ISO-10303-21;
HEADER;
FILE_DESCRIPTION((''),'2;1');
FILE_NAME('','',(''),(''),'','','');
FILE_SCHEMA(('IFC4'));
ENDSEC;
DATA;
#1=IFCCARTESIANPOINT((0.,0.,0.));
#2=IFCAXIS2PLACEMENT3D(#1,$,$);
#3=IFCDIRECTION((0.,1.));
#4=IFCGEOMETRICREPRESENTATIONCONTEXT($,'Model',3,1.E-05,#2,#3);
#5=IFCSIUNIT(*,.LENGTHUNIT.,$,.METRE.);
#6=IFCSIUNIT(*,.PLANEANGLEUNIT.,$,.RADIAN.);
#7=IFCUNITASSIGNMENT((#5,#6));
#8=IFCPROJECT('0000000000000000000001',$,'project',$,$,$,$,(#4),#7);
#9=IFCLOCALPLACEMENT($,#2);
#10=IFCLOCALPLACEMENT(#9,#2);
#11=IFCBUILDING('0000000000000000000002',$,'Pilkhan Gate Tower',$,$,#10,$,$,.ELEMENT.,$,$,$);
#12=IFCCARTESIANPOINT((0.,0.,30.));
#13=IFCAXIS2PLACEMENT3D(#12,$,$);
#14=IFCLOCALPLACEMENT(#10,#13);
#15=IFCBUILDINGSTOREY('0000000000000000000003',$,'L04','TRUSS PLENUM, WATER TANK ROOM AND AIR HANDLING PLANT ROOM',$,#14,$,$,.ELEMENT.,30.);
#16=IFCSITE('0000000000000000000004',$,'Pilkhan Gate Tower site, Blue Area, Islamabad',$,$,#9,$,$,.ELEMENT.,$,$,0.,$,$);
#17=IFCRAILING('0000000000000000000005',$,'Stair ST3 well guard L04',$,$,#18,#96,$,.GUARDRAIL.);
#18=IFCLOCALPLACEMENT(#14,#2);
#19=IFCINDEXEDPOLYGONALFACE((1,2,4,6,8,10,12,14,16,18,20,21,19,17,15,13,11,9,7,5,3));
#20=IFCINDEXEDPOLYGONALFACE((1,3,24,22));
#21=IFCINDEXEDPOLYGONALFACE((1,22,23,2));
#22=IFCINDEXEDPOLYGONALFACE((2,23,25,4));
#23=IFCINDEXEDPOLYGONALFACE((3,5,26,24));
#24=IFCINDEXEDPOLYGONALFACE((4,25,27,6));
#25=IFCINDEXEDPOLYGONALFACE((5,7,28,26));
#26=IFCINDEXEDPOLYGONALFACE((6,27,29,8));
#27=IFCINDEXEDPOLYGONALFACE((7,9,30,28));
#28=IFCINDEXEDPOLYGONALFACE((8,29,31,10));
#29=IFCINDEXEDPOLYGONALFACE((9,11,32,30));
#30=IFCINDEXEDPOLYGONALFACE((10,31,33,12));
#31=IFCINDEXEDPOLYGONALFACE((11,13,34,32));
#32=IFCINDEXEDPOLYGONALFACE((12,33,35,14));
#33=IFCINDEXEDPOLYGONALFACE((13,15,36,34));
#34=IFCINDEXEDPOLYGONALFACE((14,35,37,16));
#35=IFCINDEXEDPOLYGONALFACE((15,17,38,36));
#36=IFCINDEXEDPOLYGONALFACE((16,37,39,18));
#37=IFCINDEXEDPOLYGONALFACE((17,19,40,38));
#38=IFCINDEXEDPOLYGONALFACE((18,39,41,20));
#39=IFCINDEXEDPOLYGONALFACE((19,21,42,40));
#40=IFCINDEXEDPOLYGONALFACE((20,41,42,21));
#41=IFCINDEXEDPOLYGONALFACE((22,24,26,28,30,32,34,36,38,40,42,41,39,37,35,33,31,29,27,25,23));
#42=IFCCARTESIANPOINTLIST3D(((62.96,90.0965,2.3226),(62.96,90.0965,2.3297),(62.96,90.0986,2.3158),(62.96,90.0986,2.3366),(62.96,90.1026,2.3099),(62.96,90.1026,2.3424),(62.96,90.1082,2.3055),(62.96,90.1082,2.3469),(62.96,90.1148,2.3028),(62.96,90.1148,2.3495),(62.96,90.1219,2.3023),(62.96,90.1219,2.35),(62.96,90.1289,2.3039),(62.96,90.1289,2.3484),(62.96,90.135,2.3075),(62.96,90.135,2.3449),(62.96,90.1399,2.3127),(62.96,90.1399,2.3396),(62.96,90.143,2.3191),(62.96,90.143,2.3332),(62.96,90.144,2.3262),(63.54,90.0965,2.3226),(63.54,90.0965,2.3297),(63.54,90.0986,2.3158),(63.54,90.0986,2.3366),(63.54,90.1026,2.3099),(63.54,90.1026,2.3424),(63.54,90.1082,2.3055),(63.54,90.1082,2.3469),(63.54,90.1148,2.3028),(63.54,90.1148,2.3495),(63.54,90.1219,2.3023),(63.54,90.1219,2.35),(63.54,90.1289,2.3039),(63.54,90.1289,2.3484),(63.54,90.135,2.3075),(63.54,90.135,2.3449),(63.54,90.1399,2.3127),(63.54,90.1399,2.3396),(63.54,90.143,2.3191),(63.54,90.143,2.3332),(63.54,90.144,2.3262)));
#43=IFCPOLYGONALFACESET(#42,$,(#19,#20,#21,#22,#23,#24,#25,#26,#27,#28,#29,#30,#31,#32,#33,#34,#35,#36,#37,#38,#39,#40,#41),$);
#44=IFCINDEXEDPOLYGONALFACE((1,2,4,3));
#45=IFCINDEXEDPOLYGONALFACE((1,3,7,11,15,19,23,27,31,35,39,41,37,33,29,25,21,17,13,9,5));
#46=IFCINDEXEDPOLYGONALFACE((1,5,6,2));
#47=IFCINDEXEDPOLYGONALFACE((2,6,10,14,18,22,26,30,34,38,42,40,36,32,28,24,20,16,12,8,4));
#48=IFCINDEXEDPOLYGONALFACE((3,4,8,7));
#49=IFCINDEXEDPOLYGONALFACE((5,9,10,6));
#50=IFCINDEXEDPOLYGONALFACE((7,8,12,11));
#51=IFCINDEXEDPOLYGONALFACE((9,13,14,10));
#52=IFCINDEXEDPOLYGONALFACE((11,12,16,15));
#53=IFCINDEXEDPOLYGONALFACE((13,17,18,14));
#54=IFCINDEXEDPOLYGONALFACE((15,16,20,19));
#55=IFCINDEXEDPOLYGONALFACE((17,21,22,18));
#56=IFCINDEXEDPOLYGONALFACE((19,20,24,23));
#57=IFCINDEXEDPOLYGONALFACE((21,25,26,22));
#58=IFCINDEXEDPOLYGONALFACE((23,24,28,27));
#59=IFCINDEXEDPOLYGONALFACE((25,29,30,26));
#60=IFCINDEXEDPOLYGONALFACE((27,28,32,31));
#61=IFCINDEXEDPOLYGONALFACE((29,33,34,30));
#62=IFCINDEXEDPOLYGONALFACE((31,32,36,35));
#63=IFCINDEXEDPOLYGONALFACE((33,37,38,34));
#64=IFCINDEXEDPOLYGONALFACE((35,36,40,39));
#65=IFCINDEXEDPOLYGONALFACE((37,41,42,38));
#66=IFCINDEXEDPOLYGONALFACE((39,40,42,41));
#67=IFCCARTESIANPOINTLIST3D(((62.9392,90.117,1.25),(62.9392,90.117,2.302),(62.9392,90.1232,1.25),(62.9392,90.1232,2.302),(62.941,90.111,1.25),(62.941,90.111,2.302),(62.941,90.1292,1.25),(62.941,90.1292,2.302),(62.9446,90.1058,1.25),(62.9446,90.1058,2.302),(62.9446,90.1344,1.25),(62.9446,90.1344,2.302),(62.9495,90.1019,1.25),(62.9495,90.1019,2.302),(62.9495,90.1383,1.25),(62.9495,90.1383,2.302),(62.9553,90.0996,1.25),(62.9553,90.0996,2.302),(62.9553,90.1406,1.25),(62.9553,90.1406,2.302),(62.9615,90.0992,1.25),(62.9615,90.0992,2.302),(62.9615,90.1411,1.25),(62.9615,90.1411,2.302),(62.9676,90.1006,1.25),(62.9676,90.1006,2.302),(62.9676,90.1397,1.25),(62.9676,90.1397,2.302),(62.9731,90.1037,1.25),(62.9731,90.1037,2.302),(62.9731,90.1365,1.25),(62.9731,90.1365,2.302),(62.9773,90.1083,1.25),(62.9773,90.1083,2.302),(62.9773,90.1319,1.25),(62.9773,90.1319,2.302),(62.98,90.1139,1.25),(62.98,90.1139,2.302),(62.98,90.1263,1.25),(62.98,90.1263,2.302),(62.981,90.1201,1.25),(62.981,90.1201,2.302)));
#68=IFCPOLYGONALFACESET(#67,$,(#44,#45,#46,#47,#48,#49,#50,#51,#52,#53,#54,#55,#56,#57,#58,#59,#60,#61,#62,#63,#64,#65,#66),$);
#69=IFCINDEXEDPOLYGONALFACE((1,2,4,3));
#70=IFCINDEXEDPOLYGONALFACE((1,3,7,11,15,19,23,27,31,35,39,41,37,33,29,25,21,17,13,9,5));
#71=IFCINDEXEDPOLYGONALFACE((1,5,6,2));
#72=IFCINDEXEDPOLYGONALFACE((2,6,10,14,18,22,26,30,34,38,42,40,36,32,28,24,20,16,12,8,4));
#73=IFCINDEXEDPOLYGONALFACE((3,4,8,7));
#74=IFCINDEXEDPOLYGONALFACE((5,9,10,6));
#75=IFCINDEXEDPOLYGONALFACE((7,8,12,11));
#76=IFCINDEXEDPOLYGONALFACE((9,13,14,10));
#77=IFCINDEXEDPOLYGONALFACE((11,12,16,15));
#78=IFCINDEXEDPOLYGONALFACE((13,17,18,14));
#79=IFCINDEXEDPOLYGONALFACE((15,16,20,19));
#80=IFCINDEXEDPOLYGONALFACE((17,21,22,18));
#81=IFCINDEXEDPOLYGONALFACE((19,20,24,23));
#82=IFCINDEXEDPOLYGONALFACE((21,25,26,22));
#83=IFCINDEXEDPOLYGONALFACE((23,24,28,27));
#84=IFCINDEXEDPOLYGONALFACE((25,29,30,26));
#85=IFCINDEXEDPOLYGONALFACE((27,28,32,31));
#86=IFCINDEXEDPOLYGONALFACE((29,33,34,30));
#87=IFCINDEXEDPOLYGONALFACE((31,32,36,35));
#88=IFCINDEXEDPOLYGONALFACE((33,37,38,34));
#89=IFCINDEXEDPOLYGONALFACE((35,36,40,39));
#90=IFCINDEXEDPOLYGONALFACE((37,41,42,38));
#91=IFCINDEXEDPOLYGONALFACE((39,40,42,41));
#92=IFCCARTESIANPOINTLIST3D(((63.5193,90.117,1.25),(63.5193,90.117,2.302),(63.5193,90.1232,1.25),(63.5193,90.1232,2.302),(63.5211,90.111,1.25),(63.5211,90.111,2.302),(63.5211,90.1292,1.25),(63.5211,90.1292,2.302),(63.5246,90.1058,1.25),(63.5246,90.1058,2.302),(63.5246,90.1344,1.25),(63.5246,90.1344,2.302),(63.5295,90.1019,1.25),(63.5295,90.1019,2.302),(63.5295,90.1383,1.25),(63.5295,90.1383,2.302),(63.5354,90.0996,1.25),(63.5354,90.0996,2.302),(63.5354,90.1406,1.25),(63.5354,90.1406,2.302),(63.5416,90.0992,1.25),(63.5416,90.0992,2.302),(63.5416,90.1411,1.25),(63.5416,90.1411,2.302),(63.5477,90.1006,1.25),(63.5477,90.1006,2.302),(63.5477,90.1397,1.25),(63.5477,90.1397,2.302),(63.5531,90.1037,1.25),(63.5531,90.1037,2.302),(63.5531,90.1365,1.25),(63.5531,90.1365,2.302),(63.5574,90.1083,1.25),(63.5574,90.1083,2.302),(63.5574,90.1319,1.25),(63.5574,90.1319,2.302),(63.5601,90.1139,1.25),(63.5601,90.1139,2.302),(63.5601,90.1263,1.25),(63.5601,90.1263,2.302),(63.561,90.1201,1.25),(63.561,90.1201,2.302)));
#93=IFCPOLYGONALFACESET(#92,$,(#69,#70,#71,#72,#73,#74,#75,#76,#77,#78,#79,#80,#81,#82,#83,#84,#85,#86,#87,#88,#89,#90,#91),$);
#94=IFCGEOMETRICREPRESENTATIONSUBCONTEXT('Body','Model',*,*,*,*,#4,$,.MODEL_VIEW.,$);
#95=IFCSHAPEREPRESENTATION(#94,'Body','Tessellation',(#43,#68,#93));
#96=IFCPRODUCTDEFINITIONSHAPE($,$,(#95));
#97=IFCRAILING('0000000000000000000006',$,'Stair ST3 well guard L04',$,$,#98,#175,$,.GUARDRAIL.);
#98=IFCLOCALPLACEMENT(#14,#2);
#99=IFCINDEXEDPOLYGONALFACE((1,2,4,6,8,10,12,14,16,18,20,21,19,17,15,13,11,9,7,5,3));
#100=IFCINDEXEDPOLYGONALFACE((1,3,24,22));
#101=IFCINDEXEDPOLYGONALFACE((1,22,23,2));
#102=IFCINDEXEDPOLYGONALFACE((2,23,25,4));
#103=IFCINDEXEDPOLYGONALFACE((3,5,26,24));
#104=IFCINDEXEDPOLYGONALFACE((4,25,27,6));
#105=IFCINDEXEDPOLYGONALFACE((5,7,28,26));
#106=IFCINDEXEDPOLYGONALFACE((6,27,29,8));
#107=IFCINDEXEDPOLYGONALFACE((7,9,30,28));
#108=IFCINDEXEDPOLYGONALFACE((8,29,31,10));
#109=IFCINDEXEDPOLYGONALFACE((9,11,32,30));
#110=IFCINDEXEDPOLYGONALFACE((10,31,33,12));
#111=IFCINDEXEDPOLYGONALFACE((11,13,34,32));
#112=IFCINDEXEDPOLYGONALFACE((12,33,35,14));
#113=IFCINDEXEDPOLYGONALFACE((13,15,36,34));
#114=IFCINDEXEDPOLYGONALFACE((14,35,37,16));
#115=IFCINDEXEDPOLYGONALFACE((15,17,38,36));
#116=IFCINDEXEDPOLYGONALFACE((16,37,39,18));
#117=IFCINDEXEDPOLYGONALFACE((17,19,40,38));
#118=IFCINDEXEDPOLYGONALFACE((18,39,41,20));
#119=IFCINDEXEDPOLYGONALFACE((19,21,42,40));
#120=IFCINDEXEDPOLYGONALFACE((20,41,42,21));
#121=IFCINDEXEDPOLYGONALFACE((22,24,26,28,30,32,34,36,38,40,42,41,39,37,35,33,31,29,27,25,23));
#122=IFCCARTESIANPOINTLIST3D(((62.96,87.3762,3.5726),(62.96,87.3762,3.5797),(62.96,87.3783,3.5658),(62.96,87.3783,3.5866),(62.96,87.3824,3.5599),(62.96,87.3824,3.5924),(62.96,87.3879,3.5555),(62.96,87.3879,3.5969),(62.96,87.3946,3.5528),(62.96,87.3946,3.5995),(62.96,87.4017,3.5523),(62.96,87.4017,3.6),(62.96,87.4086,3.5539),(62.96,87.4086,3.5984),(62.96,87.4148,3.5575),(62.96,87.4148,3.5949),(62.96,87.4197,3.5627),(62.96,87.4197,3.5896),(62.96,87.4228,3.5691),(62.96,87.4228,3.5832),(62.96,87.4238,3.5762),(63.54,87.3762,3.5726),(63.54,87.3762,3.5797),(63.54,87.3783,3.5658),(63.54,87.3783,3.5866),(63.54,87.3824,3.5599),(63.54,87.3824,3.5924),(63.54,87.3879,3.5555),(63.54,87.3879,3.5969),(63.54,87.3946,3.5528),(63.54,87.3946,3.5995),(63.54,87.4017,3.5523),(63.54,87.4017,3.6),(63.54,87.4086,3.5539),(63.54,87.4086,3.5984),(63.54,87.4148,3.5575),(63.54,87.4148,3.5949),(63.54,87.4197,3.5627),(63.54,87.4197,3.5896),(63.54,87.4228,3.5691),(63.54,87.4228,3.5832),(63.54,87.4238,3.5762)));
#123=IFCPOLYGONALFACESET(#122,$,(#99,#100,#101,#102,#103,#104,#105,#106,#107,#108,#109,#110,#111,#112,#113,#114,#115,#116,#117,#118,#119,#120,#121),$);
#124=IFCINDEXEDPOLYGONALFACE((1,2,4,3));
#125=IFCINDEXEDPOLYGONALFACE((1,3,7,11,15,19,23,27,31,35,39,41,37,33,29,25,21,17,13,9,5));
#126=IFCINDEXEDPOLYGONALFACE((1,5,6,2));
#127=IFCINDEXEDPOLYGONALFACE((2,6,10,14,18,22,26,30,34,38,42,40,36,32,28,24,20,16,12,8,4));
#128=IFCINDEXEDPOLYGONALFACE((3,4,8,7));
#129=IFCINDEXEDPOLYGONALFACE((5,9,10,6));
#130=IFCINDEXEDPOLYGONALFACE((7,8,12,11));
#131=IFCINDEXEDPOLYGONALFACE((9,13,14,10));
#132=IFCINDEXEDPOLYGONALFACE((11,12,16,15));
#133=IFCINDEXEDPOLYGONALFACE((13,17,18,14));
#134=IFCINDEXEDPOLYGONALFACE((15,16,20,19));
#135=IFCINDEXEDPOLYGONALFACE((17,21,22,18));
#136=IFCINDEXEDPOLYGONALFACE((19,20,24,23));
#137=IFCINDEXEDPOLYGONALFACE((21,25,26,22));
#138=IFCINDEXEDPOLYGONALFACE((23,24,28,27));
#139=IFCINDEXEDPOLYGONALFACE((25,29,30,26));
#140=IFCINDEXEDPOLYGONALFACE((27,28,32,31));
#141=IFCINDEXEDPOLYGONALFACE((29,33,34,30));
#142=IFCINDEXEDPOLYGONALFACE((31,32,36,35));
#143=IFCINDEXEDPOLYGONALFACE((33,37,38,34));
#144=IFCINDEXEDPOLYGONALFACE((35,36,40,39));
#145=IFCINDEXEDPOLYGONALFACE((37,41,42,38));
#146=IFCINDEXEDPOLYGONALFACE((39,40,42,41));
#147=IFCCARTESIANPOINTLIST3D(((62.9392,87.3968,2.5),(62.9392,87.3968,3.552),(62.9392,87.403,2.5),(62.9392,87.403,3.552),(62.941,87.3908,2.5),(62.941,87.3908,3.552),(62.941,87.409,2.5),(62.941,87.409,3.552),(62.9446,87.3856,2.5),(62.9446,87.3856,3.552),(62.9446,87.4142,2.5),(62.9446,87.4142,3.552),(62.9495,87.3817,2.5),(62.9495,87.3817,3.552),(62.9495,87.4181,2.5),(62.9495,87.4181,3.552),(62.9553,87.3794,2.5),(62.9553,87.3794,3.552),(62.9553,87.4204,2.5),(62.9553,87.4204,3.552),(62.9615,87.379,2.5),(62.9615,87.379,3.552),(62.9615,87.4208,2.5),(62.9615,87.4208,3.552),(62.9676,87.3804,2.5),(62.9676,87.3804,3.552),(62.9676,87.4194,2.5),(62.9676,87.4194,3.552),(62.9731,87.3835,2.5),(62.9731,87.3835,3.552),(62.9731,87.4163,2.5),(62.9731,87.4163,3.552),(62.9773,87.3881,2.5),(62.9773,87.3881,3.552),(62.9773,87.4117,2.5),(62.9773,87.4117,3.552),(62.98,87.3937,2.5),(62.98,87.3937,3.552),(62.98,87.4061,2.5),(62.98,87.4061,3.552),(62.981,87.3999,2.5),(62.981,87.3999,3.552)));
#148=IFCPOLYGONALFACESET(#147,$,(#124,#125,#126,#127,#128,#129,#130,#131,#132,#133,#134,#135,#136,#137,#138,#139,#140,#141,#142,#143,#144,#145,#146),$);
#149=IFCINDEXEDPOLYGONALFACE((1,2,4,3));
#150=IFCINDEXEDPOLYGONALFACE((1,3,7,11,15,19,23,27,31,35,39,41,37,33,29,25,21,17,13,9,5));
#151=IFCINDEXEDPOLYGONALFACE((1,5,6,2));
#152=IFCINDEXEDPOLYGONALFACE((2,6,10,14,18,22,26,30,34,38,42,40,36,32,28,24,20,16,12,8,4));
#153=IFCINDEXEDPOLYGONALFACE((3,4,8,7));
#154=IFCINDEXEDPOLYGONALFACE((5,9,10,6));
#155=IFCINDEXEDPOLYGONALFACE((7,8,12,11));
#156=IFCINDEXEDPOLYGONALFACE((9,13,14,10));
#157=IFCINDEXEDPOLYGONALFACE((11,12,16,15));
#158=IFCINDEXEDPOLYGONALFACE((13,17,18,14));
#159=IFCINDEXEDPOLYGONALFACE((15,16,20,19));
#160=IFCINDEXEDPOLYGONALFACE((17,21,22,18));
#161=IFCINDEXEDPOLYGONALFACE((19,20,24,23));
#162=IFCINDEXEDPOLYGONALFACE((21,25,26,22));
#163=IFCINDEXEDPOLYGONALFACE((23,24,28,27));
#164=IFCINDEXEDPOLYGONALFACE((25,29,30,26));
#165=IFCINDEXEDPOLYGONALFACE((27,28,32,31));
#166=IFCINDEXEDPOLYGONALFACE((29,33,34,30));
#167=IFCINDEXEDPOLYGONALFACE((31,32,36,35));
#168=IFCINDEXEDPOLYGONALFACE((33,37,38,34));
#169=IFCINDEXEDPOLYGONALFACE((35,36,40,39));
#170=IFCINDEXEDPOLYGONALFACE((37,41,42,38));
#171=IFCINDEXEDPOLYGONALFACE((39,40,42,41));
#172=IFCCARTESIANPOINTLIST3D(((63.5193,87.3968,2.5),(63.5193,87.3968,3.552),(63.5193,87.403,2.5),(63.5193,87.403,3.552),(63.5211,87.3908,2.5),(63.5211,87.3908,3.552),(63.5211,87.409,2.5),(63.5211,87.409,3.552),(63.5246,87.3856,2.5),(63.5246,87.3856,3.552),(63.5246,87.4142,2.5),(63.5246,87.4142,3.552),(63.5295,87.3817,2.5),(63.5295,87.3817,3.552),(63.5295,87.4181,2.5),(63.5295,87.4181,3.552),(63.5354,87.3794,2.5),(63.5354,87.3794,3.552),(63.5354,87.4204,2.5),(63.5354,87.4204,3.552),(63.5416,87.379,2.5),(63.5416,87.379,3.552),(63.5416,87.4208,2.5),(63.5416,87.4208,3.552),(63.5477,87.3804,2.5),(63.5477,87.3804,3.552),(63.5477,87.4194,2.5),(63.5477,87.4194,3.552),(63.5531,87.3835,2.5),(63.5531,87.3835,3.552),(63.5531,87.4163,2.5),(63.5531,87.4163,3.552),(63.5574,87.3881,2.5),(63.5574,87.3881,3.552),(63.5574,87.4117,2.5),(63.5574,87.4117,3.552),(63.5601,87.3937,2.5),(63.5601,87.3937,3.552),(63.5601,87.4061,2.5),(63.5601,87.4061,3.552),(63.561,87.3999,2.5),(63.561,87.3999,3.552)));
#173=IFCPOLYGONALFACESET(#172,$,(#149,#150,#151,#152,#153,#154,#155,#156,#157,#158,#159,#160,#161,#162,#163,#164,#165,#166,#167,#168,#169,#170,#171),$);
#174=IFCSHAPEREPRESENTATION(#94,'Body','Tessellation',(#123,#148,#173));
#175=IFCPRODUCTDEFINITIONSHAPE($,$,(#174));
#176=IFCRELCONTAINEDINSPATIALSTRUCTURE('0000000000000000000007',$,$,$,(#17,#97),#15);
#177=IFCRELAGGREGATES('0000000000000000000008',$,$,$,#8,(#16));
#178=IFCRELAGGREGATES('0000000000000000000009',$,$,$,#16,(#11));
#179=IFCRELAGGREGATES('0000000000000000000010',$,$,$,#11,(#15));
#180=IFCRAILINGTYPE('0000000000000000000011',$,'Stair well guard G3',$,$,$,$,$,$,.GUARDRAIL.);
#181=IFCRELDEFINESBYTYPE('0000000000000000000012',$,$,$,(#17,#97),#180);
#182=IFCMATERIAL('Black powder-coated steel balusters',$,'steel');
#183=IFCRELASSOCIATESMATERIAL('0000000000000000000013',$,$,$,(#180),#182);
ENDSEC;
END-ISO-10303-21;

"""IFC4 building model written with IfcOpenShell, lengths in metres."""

from ifc_helpers import new_model, si_unit, direction, frame, origin, origin_2d, place, context, subcontext, project, spatial, circle, extrude, material, type_object, element, save


model = new_model("IFC4")

# Units and contexts
model_context = context("Model", 3, precision=1e-05, world=origin(), true_north=direction((0.0, 1.0)))
body_context = subcontext(model_context, "Body", "Model", "MODEL_VIEW")
ifc_project = project(units=[si_unit("LENGTHUNIT", "METRE"), si_unit("PLANEANGLEUNIT", "RADIAN")], contexts=[model_context])

# Site, building, storey
site_placement = place(None, origin())
site = spatial("IfcSite", under=ifc_project, at=site_placement, Name="Pilkhan Gate Tower site, Blue Area, Islamabad", CompositionType="ELEMENT", RefElevation=0.0)
building_placement = place(site_placement, origin())
building = spatial("IfcBuilding", under=site, at=building_placement, Name="Pilkhan Gate Tower", CompositionType="ELEMENT")
storey_placement = place(building_placement, frame((0.0, 0.0, 30.0)))
storey = spatial("IfcBuildingStorey", under=building, at=storey_placement, Name="L04", Description="TRUSS PLENUM, WATER TANK ROOM AND AIR HANDLING PLANT ROOM", CompositionType="ELEMENT", Elevation=30.0)

# Railings
ifc_material_1 = material(Name="Black powder-coated steel balusters", Category="steel")
railing_type_1 = type_object("IfcRailingType", Name="Stair well guard G3", PredefinedType="GUARDRAIL", material=ifc_material_1)
for number, where, name in (
    (1, (62.96, 90.1201, 1.25), "Stair ST3 well guard L04"),
    (2, (62.96, 87.3999, 2.5), "Stair ST3 well guard L04"),
):
    element("IfcRailing", number, at=place(storey_placement, frame(where)), inside=storey, type_object=railing_type_1, Name=name, PredefinedType="GUARDRAIL", context=body_context, shape_type="SweptSolid", body=[
        extrude(circle(Radius=0.0239, at=origin_2d()), frame((0.0, 0.0, 1.0762), z_axis=(1.0, 0.0, 0.0), x_axis=(0.0, 1.0, 0.0)), (0.0, 0.0, 1.0), 0.5801),
        extrude(circle(Radius=0.021, at=origin_2d()), origin(), (0.0, 0.0, 1.0), 1.052),
        extrude(circle(Radius=0.021, at=origin_2d()), frame((0.5801, 0.0, 0.0)), (0.0, 0.0, 1.0), 1.052),
    ])

save(model, "model.ifc")
